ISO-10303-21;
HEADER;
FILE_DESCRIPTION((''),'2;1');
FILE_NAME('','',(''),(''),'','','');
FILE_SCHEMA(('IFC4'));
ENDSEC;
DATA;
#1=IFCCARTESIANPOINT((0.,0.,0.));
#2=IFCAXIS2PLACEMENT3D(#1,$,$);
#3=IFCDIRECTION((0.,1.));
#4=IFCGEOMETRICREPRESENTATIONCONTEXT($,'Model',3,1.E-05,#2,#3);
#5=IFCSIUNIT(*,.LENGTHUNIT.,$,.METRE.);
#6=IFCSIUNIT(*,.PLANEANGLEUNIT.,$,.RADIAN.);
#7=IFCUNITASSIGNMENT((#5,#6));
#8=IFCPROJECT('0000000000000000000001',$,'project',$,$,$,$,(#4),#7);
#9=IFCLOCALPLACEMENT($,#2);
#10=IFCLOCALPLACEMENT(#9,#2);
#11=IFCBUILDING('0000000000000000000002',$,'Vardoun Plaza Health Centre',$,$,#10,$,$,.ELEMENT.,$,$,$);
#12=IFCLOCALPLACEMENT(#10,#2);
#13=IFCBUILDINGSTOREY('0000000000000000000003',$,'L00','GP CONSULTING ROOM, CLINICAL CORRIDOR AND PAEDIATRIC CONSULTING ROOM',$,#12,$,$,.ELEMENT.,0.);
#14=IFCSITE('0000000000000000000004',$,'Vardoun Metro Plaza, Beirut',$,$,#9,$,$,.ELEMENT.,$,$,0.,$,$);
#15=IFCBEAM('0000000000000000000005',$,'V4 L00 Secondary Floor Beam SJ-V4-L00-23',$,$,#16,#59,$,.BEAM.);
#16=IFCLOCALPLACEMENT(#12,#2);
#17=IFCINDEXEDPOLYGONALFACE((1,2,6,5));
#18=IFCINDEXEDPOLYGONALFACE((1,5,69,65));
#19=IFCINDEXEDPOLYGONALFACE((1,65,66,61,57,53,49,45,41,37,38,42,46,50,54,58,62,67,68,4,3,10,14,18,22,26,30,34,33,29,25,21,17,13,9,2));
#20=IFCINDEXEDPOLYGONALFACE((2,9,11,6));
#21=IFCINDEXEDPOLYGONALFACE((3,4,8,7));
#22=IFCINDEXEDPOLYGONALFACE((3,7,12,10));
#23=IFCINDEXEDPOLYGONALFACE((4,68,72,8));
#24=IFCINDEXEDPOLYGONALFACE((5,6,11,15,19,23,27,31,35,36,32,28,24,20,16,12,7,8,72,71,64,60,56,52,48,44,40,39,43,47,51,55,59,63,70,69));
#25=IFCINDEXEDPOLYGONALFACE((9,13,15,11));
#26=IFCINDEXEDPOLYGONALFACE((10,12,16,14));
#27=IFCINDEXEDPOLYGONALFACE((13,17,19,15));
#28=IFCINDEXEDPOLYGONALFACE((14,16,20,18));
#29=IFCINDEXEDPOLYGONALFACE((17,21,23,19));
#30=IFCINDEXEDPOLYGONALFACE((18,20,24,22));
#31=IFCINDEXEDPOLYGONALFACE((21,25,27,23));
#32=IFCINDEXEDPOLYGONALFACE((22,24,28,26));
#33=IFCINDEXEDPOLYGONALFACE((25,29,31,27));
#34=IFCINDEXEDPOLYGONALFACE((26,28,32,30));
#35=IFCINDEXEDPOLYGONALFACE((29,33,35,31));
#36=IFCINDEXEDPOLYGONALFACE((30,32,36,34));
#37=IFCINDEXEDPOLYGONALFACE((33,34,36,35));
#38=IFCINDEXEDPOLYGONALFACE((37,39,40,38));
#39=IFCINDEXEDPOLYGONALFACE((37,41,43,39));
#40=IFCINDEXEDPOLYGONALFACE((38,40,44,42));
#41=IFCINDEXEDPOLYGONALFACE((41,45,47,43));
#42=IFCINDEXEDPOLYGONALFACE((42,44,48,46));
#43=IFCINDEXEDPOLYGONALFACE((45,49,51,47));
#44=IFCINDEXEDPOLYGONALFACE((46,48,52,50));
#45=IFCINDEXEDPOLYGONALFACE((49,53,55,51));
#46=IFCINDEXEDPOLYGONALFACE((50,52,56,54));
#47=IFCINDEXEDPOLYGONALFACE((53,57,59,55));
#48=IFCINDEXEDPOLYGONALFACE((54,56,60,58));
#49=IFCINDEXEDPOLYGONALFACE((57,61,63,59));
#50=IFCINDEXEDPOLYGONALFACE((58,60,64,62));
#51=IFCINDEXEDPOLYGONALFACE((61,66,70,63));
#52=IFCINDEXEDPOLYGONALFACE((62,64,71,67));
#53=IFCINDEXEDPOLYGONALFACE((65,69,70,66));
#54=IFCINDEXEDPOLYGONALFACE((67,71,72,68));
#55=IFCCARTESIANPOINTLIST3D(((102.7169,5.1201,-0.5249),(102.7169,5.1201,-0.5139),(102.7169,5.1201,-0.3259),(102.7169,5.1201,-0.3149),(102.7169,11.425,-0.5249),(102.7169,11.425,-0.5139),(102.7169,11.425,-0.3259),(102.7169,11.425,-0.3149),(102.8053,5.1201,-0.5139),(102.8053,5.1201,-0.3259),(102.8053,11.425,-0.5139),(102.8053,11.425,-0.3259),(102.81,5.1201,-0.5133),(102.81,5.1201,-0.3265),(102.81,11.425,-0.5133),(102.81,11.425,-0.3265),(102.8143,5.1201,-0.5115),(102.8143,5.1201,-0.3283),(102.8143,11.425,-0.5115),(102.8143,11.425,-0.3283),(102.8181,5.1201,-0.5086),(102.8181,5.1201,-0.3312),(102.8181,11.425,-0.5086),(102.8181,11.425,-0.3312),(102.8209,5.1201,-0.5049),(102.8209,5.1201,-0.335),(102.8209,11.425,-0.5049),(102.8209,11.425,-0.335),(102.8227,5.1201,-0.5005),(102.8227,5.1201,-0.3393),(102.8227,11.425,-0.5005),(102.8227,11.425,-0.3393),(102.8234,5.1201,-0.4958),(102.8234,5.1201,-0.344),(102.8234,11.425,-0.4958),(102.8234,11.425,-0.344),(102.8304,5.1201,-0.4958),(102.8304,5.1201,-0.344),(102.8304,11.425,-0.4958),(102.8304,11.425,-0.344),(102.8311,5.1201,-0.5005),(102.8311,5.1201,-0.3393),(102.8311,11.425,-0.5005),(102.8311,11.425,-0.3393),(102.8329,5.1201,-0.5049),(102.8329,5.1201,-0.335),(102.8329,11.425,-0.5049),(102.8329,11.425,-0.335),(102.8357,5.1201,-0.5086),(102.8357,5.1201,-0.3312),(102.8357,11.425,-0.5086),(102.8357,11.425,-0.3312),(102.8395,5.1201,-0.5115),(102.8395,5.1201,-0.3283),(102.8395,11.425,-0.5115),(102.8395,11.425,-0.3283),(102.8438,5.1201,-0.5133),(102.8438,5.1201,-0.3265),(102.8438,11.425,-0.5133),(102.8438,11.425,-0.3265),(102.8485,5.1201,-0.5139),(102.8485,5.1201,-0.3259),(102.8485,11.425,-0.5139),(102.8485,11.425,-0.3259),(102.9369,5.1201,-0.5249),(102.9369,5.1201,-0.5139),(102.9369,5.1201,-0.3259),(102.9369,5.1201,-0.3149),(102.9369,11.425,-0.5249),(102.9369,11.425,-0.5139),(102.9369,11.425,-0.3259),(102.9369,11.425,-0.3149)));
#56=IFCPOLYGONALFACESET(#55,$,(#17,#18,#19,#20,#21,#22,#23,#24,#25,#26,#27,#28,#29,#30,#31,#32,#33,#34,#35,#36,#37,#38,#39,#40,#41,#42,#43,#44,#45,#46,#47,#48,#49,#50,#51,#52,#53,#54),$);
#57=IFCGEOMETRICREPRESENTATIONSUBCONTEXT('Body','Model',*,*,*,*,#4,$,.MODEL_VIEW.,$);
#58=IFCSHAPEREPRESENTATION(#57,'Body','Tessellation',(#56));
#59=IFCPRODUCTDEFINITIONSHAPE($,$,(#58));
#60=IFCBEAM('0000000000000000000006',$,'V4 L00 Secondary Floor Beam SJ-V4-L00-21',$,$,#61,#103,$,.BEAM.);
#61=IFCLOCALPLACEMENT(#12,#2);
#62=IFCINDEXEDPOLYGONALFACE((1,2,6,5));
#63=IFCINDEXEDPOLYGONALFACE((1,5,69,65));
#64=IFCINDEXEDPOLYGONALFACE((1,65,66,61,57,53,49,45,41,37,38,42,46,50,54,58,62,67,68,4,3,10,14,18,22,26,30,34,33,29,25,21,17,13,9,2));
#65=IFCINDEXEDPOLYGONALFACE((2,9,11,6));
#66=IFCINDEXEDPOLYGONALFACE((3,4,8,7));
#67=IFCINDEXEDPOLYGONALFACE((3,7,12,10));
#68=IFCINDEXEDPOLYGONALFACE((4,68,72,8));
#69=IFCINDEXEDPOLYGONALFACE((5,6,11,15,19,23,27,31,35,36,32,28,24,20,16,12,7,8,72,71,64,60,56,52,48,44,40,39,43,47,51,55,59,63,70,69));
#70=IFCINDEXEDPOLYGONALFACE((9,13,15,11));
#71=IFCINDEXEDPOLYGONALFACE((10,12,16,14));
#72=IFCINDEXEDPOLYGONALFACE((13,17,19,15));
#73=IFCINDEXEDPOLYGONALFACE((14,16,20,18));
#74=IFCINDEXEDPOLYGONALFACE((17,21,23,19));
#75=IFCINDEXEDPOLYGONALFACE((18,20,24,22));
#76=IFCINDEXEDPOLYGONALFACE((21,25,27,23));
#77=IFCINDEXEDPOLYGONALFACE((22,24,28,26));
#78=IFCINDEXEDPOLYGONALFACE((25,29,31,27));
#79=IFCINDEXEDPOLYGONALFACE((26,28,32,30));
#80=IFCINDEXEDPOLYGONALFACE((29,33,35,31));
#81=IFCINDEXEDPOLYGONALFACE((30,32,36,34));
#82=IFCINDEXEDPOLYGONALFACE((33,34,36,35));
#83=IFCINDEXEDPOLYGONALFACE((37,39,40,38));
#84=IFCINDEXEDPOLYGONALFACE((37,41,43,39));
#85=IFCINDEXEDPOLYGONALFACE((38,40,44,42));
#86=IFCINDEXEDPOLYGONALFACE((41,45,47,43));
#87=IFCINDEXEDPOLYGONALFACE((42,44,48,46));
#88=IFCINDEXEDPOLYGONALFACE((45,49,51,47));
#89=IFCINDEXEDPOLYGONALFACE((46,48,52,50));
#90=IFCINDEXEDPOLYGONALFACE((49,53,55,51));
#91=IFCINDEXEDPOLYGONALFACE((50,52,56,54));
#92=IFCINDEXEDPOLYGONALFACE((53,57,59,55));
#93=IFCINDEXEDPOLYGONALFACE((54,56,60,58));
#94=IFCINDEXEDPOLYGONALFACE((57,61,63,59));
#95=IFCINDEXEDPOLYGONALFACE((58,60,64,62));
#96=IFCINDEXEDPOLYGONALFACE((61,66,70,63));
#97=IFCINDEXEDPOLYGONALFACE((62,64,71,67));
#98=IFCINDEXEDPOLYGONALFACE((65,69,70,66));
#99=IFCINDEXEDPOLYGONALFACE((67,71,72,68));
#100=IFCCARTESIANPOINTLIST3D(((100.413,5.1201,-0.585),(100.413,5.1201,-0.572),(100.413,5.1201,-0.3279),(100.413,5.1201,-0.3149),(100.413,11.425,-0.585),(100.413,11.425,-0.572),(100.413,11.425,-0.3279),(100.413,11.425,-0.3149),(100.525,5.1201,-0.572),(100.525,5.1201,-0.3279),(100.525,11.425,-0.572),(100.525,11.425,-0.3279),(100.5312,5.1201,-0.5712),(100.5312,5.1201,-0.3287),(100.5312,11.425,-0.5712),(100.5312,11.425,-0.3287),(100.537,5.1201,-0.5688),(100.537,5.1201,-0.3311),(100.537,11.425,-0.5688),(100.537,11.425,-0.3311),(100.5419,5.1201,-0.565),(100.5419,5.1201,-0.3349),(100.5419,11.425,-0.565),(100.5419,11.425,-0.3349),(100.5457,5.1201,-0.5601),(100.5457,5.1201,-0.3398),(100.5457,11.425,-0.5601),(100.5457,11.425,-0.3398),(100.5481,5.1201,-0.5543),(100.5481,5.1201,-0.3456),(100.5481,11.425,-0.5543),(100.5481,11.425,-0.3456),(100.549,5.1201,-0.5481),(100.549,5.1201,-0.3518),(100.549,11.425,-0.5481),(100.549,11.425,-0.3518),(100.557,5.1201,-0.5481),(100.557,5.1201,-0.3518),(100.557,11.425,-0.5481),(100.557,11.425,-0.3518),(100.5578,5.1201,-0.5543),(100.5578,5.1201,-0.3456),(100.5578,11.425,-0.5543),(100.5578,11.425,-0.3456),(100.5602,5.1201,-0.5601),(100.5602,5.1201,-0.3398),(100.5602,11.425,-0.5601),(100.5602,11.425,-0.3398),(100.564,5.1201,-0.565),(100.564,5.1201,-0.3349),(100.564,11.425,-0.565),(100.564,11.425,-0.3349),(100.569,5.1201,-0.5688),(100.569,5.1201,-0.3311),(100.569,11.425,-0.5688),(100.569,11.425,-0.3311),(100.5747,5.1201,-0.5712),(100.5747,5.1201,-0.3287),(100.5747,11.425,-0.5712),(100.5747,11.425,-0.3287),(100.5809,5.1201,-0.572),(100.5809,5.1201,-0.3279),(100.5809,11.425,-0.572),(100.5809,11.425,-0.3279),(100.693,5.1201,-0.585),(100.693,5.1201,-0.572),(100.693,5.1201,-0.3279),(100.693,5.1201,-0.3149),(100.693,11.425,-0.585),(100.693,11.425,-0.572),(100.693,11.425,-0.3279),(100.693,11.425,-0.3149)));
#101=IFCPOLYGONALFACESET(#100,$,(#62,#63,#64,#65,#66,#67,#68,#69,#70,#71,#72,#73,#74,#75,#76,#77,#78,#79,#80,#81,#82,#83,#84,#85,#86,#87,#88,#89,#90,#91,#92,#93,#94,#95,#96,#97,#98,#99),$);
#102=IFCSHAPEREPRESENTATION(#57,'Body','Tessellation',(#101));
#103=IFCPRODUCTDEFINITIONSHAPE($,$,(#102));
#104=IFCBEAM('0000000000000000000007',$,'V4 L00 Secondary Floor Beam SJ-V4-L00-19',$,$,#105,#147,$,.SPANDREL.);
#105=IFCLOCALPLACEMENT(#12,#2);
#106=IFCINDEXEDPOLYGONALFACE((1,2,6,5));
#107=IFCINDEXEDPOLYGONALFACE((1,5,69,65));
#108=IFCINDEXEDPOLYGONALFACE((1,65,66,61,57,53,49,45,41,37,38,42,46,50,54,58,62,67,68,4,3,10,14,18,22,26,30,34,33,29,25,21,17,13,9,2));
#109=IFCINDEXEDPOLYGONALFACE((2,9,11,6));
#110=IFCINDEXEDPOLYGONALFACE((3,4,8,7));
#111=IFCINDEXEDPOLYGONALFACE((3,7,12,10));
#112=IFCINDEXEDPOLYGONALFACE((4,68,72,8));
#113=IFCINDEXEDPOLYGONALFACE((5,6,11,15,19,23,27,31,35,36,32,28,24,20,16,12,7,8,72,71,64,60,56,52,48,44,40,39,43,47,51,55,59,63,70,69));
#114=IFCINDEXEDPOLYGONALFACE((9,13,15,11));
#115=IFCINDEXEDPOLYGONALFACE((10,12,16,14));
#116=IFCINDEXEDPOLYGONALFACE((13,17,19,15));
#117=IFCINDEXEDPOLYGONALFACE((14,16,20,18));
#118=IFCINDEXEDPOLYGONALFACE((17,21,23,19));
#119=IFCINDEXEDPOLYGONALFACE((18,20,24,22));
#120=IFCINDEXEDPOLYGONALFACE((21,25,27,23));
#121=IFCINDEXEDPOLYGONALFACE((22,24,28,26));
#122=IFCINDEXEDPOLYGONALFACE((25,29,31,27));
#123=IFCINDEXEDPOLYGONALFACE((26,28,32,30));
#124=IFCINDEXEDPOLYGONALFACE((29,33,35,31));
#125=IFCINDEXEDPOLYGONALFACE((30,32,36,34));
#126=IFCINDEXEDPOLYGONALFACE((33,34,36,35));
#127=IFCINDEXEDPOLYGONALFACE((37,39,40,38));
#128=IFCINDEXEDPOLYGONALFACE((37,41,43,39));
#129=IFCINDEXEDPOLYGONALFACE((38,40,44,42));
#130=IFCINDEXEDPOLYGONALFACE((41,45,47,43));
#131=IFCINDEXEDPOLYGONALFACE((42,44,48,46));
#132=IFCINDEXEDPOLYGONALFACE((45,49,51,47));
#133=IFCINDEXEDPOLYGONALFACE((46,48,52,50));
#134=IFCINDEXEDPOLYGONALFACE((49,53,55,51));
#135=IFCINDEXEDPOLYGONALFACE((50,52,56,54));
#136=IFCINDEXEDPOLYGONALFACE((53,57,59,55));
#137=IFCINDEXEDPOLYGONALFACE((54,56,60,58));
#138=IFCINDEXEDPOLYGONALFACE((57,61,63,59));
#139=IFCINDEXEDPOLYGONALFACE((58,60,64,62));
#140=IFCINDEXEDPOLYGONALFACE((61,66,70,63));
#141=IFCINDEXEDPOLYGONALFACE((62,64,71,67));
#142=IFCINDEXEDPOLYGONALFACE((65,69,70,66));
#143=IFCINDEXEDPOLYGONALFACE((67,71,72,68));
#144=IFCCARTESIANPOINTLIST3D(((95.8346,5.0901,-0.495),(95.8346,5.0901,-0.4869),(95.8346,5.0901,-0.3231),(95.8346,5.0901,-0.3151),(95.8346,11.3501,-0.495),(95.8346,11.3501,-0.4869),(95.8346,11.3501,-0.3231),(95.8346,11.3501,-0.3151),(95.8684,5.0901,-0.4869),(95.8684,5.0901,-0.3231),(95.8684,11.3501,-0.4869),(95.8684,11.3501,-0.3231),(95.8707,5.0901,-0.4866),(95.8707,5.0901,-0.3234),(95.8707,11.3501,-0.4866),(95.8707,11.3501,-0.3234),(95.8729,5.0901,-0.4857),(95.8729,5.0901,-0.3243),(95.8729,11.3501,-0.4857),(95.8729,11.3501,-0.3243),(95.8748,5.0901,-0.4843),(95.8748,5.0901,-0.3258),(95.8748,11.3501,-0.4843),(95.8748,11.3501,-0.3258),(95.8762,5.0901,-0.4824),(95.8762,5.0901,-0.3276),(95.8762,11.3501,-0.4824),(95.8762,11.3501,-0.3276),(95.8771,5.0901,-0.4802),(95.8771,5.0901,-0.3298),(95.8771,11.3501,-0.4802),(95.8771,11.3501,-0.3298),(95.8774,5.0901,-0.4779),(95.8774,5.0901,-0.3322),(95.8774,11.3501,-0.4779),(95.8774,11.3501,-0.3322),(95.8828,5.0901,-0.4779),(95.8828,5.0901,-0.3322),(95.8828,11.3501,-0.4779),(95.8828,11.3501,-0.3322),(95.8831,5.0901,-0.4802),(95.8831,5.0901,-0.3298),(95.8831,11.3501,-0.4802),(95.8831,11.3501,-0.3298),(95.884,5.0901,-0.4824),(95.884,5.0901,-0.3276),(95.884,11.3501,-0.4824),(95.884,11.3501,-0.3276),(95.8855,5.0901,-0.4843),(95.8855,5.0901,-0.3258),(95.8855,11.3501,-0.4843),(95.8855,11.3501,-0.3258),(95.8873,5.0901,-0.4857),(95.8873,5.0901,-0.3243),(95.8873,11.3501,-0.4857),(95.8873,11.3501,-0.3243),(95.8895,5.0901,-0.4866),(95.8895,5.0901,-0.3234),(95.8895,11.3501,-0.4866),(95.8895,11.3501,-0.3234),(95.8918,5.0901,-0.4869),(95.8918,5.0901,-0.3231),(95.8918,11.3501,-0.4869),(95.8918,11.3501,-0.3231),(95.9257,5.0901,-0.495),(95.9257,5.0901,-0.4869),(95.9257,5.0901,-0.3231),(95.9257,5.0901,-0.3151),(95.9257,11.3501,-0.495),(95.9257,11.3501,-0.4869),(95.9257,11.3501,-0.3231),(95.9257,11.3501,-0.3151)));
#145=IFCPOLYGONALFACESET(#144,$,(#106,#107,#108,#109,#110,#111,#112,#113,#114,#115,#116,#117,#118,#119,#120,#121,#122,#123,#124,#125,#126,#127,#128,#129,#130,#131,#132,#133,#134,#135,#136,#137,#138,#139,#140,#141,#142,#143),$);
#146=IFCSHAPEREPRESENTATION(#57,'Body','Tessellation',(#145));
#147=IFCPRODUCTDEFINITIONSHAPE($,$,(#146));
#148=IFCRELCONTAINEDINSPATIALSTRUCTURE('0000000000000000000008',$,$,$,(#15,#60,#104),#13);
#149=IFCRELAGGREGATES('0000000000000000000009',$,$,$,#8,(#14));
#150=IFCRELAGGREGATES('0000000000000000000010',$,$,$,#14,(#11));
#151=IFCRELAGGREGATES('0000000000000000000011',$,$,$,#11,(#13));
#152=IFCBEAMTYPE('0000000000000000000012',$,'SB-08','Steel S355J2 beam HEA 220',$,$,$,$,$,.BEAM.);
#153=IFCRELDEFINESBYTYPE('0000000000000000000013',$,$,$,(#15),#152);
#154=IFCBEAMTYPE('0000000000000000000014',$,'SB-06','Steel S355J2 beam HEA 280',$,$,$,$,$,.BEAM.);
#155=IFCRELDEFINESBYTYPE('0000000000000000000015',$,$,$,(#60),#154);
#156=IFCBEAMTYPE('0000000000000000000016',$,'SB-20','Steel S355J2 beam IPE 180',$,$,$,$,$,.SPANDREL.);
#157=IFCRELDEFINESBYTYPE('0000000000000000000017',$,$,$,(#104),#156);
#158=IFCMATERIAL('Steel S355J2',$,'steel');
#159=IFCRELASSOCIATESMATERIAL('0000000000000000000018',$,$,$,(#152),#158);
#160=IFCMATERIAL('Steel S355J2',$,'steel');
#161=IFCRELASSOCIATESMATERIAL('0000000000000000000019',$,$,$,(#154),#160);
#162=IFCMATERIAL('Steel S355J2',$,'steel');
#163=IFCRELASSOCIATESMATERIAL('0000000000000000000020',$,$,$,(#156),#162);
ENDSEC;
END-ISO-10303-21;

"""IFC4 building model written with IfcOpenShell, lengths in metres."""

from ifc_helpers import new_model, si_unit, direction, frame, origin, origin_2d, place, context, subcontext, project, spatial, i_section, extrude, material, material_profile, profile_set, type_object, element, save


model = new_model("IFC4")

# Units and contexts
model_context = context("Model", 3, precision=1e-05, world=origin(), true_north=direction((0.0, 1.0)))
body_context = subcontext(model_context, "Body", "Model", "MODEL_VIEW")
ifc_project = project(units=[si_unit("LENGTHUNIT", "METRE"), si_unit("PLANEANGLEUNIT", "RADIAN")], contexts=[model_context])

# Site, building, storey
site_placement = place(None, origin())
site = spatial("IfcSite", under=ifc_project, at=site_placement, Name="Vardoun Metro Plaza, Beirut", CompositionType="ELEMENT", RefElevation=0.0)
building_placement = place(site_placement, origin())
building = spatial("IfcBuilding", under=site, at=building_placement, Name="Vardoun Plaza Health Centre", CompositionType="ELEMENT")
storey_placement = place(building_placement, origin())
storey = spatial("IfcBuildingStorey", under=building, at=storey_placement, Name="L00", Description="GP CONSULTING ROOM, CLINICAL CORRIDOR AND PAEDIATRIC CONSULTING ROOM", CompositionType="ELEMENT", Elevation=0.0)

# Beams
ifc_material_1 = material(Name="Steel S355J2", Category="steel")
ifc_material_profile_1 = material_profile(ifc_material_1, i_section(OverallWidth=0.22, OverallDepth=0.21, WebThickness=0.0071, FlangeThickness=0.011, FilletRadius=0.0181, at=origin_2d()), Name="HEA 220")
ifc_profile_set_1 = profile_set([ifc_material_profile_1], Name="Steel S355J2")
beam_type_1 = type_object("IfcBeamType", Name="SB-08", Description="Steel S355J2 beam HEA 220", PredefinedType="BEAM", material=ifc_profile_set_1)
beam_1_placement = place(storey_placement, frame((102.8269, 5.1201, -0.4199), z_axis=(0.0, 1.0, 0.0), x_axis=(-1.0, 0.0, 0.0)))
element("IfcBeam", 1, at=beam_1_placement, inside=storey, type_object=beam_type_1, Name="V4 L00 Secondary Floor Beam SJ-V4-L00-23", PredefinedType="BEAM", context=body_context, shape_type="SweptSolid", body=[
    extrude(i_section(OverallWidth=0.22, OverallDepth=0.21, WebThickness=0.0071, FlangeThickness=0.011, FilletRadius=0.0181, at=origin_2d()), origin(), (0.0, 0.0, 1.0), 6.3049),
])
ifc_material_2 = material(Name="Steel S355J2", Category="steel")
ifc_material_profile_2 = material_profile(ifc_material_2, i_section(OverallWidth=0.28, OverallDepth=0.27, WebThickness=0.0081, FlangeThickness=0.0129, FilletRadius=0.0239, at=origin_2d()), Name="HEA 280")
ifc_profile_set_2 = profile_set([ifc_material_profile_2], Name="Steel S355J2")
beam_type_2 = type_object("IfcBeamType", Name="SB-06", Description="Steel S355J2 beam HEA 280", PredefinedType="BEAM", material=ifc_profile_set_2)
beam_2_placement = place(storey_placement, frame((100.553, 5.1201, -0.45), z_axis=(0.0, 1.0, 0.0), x_axis=(-1.0, 0.0, 0.0)))
element("IfcBeam", 2, at=beam_2_placement, inside=storey, type_object=beam_type_2, Name="V4 L00 Secondary Floor Beam SJ-V4-L00-21", PredefinedType="BEAM", context=body_context, shape_type="SweptSolid", body=[
    extrude(i_section(OverallWidth=0.28, OverallDepth=0.27, WebThickness=0.0081, FlangeThickness=0.0129, FilletRadius=0.0239, at=origin_2d()), origin(), (0.0, 0.0, 1.0), 6.3049),
])
ifc_material_3 = material(Name="Steel S355J2", Category="steel")
ifc_material_profile_3 = material_profile(ifc_material_3, i_section(OverallWidth=0.0911, OverallDepth=0.1799, WebThickness=0.0054, FlangeThickness=0.0081, FilletRadius=0.009, at=origin_2d()), Name="IPE 180")
ifc_profile_set_3 = profile_set([ifc_material_profile_3], Name="Steel S355J2")
beam_type_3 = type_object("IfcBeamType", Name="SB-20", Description="Steel S355J2 beam IPE 180", PredefinedType="SPANDREL", material=ifc_profile_set_3)
beam_3_placement = place(storey_placement, frame((95.8801, 5.0901, -0.405), z_axis=(0.0, 1.0, 0.0), x_axis=(-1.0, 0.0, 0.0)))
element("IfcBeam", 3, at=beam_3_placement, inside=storey, type_object=beam_type_3, Name="V4 L00 Secondary Floor Beam SJ-V4-L00-19", PredefinedType="SPANDREL", context=body_context, shape_type="SweptSolid", body=[
    extrude(i_section(OverallWidth=0.0911, OverallDepth=0.1799, WebThickness=0.0054, FlangeThickness=0.0081, FilletRadius=0.009, at=origin_2d()), origin(), (0.0, 0.0, 1.0), 6.26),
])

save(model, "model.ifc")
